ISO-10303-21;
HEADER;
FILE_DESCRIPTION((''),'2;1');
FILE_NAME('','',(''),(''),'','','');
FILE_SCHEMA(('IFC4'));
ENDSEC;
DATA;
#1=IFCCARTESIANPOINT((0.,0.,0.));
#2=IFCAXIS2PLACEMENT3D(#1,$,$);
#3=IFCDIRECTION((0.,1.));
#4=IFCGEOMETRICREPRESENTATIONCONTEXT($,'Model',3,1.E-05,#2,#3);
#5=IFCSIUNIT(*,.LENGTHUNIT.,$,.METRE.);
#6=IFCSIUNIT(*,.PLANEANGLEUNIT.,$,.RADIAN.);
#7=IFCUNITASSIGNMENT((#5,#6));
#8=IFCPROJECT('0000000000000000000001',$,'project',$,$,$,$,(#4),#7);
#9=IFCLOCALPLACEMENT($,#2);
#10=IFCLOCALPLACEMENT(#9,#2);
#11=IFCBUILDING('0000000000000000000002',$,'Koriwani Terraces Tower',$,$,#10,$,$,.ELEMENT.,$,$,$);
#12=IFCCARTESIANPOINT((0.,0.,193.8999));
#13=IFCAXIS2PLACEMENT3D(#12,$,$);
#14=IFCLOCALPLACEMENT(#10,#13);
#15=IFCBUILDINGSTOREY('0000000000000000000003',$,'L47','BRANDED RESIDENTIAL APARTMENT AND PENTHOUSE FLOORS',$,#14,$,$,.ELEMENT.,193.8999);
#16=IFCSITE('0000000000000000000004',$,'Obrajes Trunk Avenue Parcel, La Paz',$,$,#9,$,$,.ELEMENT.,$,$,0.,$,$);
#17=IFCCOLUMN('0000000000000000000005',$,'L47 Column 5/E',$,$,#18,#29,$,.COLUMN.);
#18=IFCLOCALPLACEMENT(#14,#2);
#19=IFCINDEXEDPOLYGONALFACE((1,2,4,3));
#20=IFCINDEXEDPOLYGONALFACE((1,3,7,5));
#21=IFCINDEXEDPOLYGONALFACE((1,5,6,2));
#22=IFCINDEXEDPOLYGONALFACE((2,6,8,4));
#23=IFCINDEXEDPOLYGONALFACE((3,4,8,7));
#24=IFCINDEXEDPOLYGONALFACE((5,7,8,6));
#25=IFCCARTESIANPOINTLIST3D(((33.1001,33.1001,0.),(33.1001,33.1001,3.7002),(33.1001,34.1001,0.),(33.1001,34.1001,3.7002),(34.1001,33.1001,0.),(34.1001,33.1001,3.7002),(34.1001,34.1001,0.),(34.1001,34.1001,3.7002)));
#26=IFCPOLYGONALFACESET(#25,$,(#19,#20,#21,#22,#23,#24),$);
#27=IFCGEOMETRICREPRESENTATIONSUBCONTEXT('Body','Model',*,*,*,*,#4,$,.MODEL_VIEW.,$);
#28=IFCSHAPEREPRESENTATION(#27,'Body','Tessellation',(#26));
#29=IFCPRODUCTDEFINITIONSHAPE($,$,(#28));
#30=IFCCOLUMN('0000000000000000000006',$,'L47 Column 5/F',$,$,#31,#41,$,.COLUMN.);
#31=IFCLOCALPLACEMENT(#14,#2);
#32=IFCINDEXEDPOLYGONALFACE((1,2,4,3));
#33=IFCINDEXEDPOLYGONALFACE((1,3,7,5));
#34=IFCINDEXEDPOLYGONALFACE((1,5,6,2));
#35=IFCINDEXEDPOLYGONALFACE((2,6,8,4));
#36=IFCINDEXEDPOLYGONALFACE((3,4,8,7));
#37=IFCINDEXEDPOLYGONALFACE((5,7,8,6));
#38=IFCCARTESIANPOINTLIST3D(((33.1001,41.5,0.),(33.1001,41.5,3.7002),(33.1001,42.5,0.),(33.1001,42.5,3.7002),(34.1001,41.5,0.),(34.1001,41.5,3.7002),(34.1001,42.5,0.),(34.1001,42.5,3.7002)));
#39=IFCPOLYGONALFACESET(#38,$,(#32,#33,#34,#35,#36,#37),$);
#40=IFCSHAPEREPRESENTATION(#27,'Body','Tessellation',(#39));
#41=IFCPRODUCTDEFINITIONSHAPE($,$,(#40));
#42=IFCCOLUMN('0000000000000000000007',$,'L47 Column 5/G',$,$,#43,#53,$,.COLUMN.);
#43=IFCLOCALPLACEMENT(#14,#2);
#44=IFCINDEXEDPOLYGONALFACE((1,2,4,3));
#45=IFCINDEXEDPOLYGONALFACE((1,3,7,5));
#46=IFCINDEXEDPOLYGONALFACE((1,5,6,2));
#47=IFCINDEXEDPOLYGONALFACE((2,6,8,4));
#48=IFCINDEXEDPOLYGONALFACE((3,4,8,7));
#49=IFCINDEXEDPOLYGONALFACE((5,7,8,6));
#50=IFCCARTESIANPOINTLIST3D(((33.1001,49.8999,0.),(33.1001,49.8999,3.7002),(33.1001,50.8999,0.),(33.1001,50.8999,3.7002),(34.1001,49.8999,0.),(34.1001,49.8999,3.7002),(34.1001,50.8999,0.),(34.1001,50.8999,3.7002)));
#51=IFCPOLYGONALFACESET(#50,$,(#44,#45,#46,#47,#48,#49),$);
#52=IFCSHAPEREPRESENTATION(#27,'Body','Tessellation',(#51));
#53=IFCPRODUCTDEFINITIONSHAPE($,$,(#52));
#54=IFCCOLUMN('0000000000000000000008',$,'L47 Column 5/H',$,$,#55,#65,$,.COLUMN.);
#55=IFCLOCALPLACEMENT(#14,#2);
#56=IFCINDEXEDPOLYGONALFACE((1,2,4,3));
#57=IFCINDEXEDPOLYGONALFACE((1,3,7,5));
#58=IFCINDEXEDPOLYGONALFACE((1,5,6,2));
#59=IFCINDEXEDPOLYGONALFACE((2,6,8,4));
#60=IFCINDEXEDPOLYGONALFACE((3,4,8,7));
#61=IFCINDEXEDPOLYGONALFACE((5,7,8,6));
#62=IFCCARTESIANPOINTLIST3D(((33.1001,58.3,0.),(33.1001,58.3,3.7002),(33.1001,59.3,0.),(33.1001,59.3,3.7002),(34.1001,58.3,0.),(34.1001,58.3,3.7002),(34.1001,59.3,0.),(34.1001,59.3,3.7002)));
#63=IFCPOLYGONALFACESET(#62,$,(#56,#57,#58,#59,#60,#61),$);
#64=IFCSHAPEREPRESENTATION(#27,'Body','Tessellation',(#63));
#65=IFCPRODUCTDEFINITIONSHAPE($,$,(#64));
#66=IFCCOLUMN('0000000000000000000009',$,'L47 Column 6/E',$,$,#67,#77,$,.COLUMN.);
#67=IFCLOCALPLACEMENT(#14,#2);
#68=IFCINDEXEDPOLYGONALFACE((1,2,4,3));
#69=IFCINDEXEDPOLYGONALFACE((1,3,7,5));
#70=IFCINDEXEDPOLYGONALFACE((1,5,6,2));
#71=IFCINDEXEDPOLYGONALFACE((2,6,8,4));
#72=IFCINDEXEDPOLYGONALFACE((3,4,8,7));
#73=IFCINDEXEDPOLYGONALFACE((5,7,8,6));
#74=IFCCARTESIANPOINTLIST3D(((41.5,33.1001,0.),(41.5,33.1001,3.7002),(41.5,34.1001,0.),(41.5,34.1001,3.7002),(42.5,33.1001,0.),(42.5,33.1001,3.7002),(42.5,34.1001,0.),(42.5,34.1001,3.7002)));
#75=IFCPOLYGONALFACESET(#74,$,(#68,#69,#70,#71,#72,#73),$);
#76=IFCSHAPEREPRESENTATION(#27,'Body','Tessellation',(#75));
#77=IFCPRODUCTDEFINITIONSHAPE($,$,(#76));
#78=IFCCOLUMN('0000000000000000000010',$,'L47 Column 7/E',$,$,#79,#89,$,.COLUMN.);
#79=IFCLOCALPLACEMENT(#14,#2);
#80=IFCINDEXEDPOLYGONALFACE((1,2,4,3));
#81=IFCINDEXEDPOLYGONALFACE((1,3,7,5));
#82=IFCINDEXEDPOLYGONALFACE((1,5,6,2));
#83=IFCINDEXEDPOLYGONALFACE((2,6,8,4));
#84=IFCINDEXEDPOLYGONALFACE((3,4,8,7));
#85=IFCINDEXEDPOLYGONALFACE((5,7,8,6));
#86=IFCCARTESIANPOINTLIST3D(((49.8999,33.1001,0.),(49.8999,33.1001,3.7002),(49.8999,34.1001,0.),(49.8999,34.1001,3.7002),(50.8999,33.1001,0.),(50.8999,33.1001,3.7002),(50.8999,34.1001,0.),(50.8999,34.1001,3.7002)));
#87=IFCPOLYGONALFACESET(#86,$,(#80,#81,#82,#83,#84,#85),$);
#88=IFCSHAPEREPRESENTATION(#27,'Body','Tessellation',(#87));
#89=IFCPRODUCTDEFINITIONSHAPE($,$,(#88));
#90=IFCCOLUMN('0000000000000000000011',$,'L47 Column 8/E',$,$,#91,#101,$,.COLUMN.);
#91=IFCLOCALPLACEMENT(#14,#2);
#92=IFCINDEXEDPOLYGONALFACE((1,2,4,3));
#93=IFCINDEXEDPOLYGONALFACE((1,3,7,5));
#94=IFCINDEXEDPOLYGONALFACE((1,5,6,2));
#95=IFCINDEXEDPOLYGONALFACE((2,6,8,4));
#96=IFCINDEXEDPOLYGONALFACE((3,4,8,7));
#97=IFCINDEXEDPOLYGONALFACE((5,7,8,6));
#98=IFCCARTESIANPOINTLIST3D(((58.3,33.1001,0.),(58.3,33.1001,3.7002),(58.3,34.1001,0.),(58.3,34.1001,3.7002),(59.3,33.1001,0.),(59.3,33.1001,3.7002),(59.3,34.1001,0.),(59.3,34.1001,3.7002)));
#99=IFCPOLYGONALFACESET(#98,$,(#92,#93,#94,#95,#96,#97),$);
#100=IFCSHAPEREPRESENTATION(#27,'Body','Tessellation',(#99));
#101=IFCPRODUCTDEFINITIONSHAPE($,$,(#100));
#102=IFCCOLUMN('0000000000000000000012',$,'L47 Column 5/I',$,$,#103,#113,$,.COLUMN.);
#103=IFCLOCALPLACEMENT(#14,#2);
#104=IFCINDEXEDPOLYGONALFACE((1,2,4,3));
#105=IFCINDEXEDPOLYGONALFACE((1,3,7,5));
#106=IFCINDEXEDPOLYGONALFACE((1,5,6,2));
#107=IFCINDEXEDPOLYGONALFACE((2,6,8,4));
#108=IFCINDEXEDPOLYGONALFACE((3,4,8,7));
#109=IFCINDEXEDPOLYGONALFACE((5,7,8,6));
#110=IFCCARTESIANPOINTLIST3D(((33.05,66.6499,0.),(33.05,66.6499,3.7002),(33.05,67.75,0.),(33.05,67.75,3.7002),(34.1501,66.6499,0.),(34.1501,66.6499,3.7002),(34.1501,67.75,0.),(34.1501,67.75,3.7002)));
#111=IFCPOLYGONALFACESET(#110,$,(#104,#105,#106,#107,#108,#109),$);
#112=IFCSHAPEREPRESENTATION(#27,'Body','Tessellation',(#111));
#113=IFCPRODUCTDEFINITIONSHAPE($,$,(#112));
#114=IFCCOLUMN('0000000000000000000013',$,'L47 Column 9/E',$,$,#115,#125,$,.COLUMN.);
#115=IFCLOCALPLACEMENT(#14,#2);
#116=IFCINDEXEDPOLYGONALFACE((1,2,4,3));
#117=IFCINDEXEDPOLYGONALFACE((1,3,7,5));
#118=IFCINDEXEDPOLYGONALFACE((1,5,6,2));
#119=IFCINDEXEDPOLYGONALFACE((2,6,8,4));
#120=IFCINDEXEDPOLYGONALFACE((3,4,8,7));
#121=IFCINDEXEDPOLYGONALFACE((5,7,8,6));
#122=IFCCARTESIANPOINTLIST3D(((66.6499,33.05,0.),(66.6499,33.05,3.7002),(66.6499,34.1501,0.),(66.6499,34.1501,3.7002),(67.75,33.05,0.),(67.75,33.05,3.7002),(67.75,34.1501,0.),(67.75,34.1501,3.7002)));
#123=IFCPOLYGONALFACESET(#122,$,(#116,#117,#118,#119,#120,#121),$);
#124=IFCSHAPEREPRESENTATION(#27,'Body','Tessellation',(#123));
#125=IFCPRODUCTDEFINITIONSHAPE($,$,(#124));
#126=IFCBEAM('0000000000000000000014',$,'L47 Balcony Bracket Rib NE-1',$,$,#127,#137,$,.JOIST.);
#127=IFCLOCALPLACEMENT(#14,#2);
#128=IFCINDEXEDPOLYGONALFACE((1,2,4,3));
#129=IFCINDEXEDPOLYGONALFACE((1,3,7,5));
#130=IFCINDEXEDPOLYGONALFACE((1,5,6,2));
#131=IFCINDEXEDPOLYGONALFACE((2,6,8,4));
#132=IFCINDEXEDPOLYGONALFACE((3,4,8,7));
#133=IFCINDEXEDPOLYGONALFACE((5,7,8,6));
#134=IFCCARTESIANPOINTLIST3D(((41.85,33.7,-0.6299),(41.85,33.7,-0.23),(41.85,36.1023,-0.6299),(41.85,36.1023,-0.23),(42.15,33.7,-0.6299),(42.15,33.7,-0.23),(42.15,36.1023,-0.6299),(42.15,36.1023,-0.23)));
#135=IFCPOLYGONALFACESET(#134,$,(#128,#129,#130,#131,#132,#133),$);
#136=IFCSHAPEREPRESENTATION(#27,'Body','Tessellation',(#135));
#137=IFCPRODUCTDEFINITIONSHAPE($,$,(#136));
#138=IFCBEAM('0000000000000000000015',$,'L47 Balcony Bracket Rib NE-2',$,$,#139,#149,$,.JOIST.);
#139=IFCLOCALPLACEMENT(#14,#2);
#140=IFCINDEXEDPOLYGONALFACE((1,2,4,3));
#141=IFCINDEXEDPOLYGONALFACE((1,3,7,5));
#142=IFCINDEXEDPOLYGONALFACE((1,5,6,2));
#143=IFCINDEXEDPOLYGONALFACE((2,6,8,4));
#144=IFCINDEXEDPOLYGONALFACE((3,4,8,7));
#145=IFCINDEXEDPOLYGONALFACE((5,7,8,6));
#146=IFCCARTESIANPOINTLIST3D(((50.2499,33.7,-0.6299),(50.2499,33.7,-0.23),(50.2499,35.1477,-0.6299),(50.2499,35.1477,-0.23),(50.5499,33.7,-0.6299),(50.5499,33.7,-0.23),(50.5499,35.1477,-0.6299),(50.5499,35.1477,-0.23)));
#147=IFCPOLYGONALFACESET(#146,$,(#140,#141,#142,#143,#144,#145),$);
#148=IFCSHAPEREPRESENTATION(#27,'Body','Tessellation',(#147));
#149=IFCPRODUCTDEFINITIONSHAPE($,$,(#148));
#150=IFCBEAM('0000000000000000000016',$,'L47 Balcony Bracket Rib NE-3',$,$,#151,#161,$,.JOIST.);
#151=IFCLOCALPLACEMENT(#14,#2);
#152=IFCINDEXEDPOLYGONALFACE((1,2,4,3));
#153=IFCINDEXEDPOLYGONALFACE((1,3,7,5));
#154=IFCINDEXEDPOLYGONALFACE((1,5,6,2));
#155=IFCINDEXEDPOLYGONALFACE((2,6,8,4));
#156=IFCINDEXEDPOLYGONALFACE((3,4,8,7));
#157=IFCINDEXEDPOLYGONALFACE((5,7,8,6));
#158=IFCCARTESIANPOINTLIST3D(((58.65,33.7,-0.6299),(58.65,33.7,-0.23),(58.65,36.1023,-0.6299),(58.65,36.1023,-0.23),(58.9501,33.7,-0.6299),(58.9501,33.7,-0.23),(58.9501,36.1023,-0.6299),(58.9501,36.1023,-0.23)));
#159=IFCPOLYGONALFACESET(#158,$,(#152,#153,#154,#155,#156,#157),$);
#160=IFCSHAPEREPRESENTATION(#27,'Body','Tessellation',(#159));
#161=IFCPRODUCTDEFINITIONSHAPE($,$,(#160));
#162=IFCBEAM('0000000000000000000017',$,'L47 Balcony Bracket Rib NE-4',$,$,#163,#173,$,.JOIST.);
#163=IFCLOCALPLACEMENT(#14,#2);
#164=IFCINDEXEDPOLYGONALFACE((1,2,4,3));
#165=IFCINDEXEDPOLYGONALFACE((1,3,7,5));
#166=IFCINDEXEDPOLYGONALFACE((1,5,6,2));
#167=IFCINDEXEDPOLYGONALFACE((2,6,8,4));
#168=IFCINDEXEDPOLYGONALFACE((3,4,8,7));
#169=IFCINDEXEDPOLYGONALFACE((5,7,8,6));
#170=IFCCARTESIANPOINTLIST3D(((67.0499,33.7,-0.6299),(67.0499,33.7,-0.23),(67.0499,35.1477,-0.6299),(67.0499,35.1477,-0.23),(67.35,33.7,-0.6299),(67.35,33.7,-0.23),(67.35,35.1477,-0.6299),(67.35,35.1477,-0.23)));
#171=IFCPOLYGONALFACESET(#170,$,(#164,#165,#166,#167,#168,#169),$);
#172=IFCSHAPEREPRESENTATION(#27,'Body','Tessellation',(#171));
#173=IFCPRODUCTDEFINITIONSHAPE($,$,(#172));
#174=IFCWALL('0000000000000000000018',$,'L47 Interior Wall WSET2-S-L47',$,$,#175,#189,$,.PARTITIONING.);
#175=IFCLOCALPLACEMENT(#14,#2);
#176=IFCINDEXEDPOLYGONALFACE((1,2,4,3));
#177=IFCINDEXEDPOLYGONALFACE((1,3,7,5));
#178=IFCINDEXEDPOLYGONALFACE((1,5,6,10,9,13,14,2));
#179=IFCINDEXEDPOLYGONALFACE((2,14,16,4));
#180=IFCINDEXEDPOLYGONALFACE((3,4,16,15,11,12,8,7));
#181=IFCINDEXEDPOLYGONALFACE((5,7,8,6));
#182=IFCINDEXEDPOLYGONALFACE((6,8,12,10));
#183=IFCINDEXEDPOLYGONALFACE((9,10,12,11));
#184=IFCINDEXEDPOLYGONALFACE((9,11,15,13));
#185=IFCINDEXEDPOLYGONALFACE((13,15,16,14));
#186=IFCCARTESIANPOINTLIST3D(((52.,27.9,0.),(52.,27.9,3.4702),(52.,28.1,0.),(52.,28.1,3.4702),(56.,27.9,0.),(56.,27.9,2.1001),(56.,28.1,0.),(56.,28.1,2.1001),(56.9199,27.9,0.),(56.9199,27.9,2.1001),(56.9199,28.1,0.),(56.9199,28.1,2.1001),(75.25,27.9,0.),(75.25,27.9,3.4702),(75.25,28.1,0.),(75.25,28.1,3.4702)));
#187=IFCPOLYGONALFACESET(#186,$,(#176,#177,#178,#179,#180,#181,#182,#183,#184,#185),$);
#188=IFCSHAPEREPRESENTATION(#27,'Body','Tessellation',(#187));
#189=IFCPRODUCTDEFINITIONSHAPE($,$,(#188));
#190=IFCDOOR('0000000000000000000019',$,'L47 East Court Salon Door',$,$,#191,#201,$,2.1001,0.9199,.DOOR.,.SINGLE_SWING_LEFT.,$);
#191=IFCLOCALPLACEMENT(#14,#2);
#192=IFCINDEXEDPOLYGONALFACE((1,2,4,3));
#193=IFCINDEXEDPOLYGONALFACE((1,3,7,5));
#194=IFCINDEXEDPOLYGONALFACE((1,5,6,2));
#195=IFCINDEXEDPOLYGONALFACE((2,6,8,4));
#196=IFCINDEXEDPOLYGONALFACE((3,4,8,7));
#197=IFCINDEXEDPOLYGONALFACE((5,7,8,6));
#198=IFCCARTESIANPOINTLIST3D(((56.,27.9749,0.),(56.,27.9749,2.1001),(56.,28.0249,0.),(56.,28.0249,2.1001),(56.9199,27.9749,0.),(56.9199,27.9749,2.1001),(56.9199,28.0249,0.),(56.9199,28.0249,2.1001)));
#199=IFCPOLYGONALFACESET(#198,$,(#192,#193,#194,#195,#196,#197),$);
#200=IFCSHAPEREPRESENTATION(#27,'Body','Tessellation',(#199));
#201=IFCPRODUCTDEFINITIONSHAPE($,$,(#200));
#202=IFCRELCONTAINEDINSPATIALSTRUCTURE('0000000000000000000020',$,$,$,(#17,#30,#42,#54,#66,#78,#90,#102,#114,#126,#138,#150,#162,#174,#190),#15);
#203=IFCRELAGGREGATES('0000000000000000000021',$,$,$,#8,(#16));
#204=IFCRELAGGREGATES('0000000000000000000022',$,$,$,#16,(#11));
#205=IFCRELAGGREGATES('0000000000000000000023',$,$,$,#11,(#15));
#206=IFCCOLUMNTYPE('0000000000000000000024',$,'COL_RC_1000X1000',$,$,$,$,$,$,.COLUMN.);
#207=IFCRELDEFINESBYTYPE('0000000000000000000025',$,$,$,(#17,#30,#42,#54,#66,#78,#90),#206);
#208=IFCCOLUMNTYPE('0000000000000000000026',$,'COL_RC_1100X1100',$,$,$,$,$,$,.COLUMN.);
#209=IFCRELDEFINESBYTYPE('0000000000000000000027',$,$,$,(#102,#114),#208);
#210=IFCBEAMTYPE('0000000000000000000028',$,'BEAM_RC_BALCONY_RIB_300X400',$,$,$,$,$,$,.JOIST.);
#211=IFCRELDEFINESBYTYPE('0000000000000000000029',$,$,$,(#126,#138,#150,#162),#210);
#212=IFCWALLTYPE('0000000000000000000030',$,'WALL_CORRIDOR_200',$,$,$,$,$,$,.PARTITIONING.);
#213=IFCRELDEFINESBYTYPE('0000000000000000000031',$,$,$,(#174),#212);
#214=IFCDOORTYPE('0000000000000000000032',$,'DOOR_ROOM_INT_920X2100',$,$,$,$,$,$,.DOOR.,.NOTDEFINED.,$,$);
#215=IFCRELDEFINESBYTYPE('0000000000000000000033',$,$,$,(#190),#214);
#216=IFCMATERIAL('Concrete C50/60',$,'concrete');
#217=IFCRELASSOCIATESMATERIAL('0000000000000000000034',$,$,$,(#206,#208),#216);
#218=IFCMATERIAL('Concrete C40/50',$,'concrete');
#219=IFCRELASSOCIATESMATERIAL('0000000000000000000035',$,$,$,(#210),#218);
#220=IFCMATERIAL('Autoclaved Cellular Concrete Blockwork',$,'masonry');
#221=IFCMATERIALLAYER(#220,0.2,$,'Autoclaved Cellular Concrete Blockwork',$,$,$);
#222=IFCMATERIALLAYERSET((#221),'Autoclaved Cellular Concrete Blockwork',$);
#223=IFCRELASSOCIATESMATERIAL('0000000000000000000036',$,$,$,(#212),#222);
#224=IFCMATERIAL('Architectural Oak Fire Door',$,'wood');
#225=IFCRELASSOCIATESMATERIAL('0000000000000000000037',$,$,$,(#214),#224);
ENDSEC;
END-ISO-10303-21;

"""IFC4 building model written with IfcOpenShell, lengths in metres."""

from ifc_helpers import new_model, si_unit, direction, frame, frame_2d, origin, origin_2d, place, context, subcontext, project, spatial, rectangle, extrude, material, layer, layer_set, material_profile, profile_set, type_object, element, fill, save


model = new_model("IFC4")

# Units and contexts
model_context = context("Model", 3, precision=1e-05, world=origin(), true_north=direction((0.0, 1.0)))
body_context = subcontext(model_context, "Body", "Model", "MODEL_VIEW")
ifc_project = project(units=[si_unit("LENGTHUNIT", "METRE"), si_unit("PLANEANGLEUNIT", "RADIAN")], contexts=[model_context])

# Site, building, storey
site_placement = place(None, origin())
site = spatial("IfcSite", under=ifc_project, at=site_placement, Name="Obrajes Trunk Avenue Parcel, La Paz", CompositionType="ELEMENT", RefElevation=0.0)
building_placement = place(site_placement, origin())
building = spatial("IfcBuilding", under=site, at=building_placement, Name="Koriwani Terraces Tower", CompositionType="ELEMENT")
storey_placement = place(building_placement, frame((0.0, 0.0, 193.8999)))
storey = spatial("IfcBuildingStorey", under=building, at=storey_placement, Name="L47", Description="BRANDED RESIDENTIAL APARTMENT AND PENTHOUSE FLOORS", CompositionType="ELEMENT", Elevation=193.8999)

# Columns
ifc_material_1 = material(Name="Concrete C50/60", Category="concrete")
ifc_material_profile_1 = material_profile(ifc_material_1, rectangle(XDim=1.0, YDim=1.0, at=origin_2d()), Name="Concrete C50/60", Category="LoadBearing")
ifc_profile_set_1 = profile_set([ifc_material_profile_1], Name="Concrete C50/60")
column_type_1 = type_object("IfcColumnType", Name="COL_RC_1000X1000", PredefinedType="COLUMN", material=ifc_profile_set_1)
for number, where, z_axis, x_axis, name in (
    (1, (33.6001, 33.6001, 0.0), (0.0, 0.0, 1.0), (1.0, 0.0, 0.0), "L47 Column 5/E"),
    (2, (33.6001, 42.0, 0.0), (0.0, 0.0, 1.0), (1.0, 0.0, 0.0), "L47 Column 5/F"),
    (3, (33.6001, 50.3999, 0.0), (0.0, 0.0, 1.0), (1.0, 0.0, 0.0), "L47 Column 5/G"),
    (4, (33.6001, 58.8, 0.0), (0.0, 0.0, 1.0), (1.0, 0.0, 0.0), "L47 Column 5/H"),
    (5, (42.0, 33.6001, 0.0), (0.0, 0.0, 1.0), (1.0, 0.0, 0.0), "L47 Column 6/E"),
    (6, (50.3999, 33.6001, 0.0), (0.0, 0.0, 1.0), (1.0, 0.0, 0.0), "L47 Column 7/E"),
    (7, (58.8, 33.6001, 0.0), (0.0, 0.0, 1.0), (1.0, 0.0, 0.0), "L47 Column 8/E"),
):
    element("IfcColumn", number, at=place(storey_placement, frame(where, z_axis=z_axis, x_axis=x_axis)), inside=storey, type_object=column_type_1, Name=name, PredefinedType="COLUMN", context=body_context, shape_type="SweptSolid", body=[
        extrude(rectangle(XDim=1.0, YDim=1.0, at=origin_2d()), origin(), (0.0, 0.0, 1.0), 3.7002),
    ])
ifc_material_profile_2 = material_profile(ifc_material_1, rectangle(XDim=1.1001, YDim=1.1001, at=origin_2d()), Name="Concrete C50/60", Category="LoadBearing")
ifc_profile_set_2 = profile_set([ifc_material_profile_2], Name="Concrete C50/60")
column_type_2 = type_object("IfcColumnType", Name="COL_RC_1100X1100", PredefinedType="COLUMN", material=ifc_profile_set_2)
for number, where, z_axis, x_axis, name in (
    (8, (33.6001, 67.2, 0.0), (0.0, 0.0, 1.0), (1.0, 0.0, 0.0), "L47 Column 5/I"),
    (9, (67.2, 33.6001, 0.0), (0.0, 0.0, 1.0), (1.0, 0.0, 0.0), "L47 Column 9/E"),
):
    element("IfcColumn", number, at=place(storey_placement, frame(where, z_axis=z_axis, x_axis=x_axis)), inside=storey, type_object=column_type_2, Name=name, PredefinedType="COLUMN", context=body_context, shape_type="SweptSolid", body=[
        extrude(rectangle(XDim=1.1001, YDim=1.1001, at=origin_2d()), origin(), (0.0, 0.0, 1.0), 3.7002),
    ])

# Beams
ifc_material_2 = material(Name="Concrete C40/50", Category="concrete")
ifc_material_profile_3 = material_profile(ifc_material_2, rectangle(XDim=0.3, YDim=0.3999, at=origin_2d()), Name="Concrete C40/50", Category="LoadBearing")
ifc_profile_set_3 = profile_set([ifc_material_profile_3], Name="Concrete C40/50")
beam_type = type_object("IfcBeamType", Name="BEAM_RC_BALCONY_RIB_300X400", PredefinedType="JOIST", material=ifc_profile_set_3)
beam_1_placement = place(storey_placement, frame((42.0, 33.7, -0.4299), z_axis=(0.0, 1.0, 0.0), x_axis=(-1.0, 0.0, 0.0)))
element("IfcBeam", 10, at=beam_1_placement, inside=storey, type_object=beam_type, Name="L47 Balcony Bracket Rib NE-1", PredefinedType="JOIST", context=body_context, shape_type="SweptSolid", body=[
    extrude(rectangle(XDim=0.3, YDim=0.3999, at=origin_2d()), origin(), (0.0, 0.0, 1.0), 2.4023),
])
beam_2_placement = place(storey_placement, frame((50.3999, 33.7, -0.4299), z_axis=(0.0, 1.0, 0.0), x_axis=(-1.0, 0.0, 0.0)))
element("IfcBeam", 11, at=beam_2_placement, inside=storey, type_object=beam_type, Name="L47 Balcony Bracket Rib NE-2", PredefinedType="JOIST", context=body_context, shape_type="SweptSolid", body=[
    extrude(rectangle(XDim=0.3, YDim=0.3999, at=origin_2d()), origin(), (0.0, 0.0, 1.0), 1.4478),
])
beam_3_placement = place(storey_placement, frame((58.8, 33.7, -0.4299), z_axis=(0.0, 1.0, 0.0), x_axis=(-1.0, 0.0, 0.0)))
element("IfcBeam", 12, at=beam_3_placement, inside=storey, type_object=beam_type, Name="L47 Balcony Bracket Rib NE-3", PredefinedType="JOIST", context=body_context, shape_type="SweptSolid", body=[
    extrude(rectangle(XDim=0.3, YDim=0.3999, at=origin_2d()), origin(), (0.0, 0.0, 1.0), 2.4023),
])
beam_4_placement = place(storey_placement, frame((67.2, 33.7, -0.4299), z_axis=(0.0, 1.0, 0.0), x_axis=(-1.0, 0.0, 0.0)))
element("IfcBeam", 13, at=beam_4_placement, inside=storey, type_object=beam_type, Name="L47 Balcony Bracket Rib NE-4", PredefinedType="JOIST", context=body_context, shape_type="SweptSolid", body=[
    extrude(rectangle(XDim=0.3, YDim=0.3999, at=origin_2d()), origin(), (0.0, 0.0, 1.0), 1.4478),
])

# Wall, opening, door
ifc_material_3 = material(Name="Autoclaved Cellular Concrete Blockwork", Category="masonry")
ifc_layer_1 = layer(ifc_material_3, 0.2, Name="Autoclaved Cellular Concrete Blockwork")
ifc_layer_set_1 = layer_set([ifc_layer_1], Name="Autoclaved Cellular Concrete Blockwork")
wall_type_1 = type_object("IfcWallType", Name="WALL_CORRIDOR_200", PredefinedType="PARTITIONING", material=ifc_layer_set_1)
wall_1_placement = place(storey_placement, frame((52.0, 28.0, 0.0), z_axis=(0.0, 0.0, 1.0), x_axis=(1.0, 0.0, 0.0)))
wall_1 = element("IfcWall", 14, at=wall_1_placement, inside=storey, type_object=wall_type_1, Name="L47 Interior Wall WSET2-S-L47", PredefinedType="PARTITIONING", context=body_context, shape_type="SweptSolid", body=[
    extrude(rectangle(XDim=23.25, YDim=0.2, at=frame_2d((11.625, 0.0))), origin(), (0.0, 0.0, 1.0), 3.4702),
])
opening_1_placement = place(wall_1_placement, frame((4.0, 0.0, 0.0)))
opening_1 = element("IfcOpeningElement", 15, at=opening_1_placement, cuts=wall_1, PredefinedType="OPENING", context=body_context, shape_type="SweptSolid", body=[
    extrude(rectangle(XDim=0.9199, YDim=2.1001, at=frame_2d((0.46, 1.05))), frame((0.0, 0.1099, 0.0), z_axis=(0.0, -1.0, 0.0), x_axis=(1.0, 0.0, 0.0)), (0.0, 0.0, 1.0), 0.22),
])
ifc_material_4 = material(Name="Architectural Oak Fire Door", Category="wood")
door_type_1 = type_object("IfcDoorType", Name="DOOR_ROOM_INT_920X2100", OperationType="NOTDEFINED", PredefinedType="DOOR", material=ifc_material_4)
door_1_placement = place(opening_1_placement, origin())
door_1 = element("IfcDoor", 16, at=door_1_placement, inside=storey, type_object=door_type_1, Name="L47 East Court Salon Door", OperationType="SINGLE_SWING_LEFT", OverallHeight=2.1001, OverallWidth=0.9199, PredefinedType="DOOR", context=body_context, shape_type="SweptSolid", body=[
    extrude(rectangle(XDim=0.9199, YDim=2.1001, at=frame_2d((0.46, 1.05))), frame((0.0, 0.0249, 0.0), z_axis=(0.0, -1.0, 0.0), x_axis=(1.0, 0.0, 0.0)), (0.0, 0.0, 1.0), 0.05),
])
fill(opening_1, door_1)

save(model, "model.ifc")
